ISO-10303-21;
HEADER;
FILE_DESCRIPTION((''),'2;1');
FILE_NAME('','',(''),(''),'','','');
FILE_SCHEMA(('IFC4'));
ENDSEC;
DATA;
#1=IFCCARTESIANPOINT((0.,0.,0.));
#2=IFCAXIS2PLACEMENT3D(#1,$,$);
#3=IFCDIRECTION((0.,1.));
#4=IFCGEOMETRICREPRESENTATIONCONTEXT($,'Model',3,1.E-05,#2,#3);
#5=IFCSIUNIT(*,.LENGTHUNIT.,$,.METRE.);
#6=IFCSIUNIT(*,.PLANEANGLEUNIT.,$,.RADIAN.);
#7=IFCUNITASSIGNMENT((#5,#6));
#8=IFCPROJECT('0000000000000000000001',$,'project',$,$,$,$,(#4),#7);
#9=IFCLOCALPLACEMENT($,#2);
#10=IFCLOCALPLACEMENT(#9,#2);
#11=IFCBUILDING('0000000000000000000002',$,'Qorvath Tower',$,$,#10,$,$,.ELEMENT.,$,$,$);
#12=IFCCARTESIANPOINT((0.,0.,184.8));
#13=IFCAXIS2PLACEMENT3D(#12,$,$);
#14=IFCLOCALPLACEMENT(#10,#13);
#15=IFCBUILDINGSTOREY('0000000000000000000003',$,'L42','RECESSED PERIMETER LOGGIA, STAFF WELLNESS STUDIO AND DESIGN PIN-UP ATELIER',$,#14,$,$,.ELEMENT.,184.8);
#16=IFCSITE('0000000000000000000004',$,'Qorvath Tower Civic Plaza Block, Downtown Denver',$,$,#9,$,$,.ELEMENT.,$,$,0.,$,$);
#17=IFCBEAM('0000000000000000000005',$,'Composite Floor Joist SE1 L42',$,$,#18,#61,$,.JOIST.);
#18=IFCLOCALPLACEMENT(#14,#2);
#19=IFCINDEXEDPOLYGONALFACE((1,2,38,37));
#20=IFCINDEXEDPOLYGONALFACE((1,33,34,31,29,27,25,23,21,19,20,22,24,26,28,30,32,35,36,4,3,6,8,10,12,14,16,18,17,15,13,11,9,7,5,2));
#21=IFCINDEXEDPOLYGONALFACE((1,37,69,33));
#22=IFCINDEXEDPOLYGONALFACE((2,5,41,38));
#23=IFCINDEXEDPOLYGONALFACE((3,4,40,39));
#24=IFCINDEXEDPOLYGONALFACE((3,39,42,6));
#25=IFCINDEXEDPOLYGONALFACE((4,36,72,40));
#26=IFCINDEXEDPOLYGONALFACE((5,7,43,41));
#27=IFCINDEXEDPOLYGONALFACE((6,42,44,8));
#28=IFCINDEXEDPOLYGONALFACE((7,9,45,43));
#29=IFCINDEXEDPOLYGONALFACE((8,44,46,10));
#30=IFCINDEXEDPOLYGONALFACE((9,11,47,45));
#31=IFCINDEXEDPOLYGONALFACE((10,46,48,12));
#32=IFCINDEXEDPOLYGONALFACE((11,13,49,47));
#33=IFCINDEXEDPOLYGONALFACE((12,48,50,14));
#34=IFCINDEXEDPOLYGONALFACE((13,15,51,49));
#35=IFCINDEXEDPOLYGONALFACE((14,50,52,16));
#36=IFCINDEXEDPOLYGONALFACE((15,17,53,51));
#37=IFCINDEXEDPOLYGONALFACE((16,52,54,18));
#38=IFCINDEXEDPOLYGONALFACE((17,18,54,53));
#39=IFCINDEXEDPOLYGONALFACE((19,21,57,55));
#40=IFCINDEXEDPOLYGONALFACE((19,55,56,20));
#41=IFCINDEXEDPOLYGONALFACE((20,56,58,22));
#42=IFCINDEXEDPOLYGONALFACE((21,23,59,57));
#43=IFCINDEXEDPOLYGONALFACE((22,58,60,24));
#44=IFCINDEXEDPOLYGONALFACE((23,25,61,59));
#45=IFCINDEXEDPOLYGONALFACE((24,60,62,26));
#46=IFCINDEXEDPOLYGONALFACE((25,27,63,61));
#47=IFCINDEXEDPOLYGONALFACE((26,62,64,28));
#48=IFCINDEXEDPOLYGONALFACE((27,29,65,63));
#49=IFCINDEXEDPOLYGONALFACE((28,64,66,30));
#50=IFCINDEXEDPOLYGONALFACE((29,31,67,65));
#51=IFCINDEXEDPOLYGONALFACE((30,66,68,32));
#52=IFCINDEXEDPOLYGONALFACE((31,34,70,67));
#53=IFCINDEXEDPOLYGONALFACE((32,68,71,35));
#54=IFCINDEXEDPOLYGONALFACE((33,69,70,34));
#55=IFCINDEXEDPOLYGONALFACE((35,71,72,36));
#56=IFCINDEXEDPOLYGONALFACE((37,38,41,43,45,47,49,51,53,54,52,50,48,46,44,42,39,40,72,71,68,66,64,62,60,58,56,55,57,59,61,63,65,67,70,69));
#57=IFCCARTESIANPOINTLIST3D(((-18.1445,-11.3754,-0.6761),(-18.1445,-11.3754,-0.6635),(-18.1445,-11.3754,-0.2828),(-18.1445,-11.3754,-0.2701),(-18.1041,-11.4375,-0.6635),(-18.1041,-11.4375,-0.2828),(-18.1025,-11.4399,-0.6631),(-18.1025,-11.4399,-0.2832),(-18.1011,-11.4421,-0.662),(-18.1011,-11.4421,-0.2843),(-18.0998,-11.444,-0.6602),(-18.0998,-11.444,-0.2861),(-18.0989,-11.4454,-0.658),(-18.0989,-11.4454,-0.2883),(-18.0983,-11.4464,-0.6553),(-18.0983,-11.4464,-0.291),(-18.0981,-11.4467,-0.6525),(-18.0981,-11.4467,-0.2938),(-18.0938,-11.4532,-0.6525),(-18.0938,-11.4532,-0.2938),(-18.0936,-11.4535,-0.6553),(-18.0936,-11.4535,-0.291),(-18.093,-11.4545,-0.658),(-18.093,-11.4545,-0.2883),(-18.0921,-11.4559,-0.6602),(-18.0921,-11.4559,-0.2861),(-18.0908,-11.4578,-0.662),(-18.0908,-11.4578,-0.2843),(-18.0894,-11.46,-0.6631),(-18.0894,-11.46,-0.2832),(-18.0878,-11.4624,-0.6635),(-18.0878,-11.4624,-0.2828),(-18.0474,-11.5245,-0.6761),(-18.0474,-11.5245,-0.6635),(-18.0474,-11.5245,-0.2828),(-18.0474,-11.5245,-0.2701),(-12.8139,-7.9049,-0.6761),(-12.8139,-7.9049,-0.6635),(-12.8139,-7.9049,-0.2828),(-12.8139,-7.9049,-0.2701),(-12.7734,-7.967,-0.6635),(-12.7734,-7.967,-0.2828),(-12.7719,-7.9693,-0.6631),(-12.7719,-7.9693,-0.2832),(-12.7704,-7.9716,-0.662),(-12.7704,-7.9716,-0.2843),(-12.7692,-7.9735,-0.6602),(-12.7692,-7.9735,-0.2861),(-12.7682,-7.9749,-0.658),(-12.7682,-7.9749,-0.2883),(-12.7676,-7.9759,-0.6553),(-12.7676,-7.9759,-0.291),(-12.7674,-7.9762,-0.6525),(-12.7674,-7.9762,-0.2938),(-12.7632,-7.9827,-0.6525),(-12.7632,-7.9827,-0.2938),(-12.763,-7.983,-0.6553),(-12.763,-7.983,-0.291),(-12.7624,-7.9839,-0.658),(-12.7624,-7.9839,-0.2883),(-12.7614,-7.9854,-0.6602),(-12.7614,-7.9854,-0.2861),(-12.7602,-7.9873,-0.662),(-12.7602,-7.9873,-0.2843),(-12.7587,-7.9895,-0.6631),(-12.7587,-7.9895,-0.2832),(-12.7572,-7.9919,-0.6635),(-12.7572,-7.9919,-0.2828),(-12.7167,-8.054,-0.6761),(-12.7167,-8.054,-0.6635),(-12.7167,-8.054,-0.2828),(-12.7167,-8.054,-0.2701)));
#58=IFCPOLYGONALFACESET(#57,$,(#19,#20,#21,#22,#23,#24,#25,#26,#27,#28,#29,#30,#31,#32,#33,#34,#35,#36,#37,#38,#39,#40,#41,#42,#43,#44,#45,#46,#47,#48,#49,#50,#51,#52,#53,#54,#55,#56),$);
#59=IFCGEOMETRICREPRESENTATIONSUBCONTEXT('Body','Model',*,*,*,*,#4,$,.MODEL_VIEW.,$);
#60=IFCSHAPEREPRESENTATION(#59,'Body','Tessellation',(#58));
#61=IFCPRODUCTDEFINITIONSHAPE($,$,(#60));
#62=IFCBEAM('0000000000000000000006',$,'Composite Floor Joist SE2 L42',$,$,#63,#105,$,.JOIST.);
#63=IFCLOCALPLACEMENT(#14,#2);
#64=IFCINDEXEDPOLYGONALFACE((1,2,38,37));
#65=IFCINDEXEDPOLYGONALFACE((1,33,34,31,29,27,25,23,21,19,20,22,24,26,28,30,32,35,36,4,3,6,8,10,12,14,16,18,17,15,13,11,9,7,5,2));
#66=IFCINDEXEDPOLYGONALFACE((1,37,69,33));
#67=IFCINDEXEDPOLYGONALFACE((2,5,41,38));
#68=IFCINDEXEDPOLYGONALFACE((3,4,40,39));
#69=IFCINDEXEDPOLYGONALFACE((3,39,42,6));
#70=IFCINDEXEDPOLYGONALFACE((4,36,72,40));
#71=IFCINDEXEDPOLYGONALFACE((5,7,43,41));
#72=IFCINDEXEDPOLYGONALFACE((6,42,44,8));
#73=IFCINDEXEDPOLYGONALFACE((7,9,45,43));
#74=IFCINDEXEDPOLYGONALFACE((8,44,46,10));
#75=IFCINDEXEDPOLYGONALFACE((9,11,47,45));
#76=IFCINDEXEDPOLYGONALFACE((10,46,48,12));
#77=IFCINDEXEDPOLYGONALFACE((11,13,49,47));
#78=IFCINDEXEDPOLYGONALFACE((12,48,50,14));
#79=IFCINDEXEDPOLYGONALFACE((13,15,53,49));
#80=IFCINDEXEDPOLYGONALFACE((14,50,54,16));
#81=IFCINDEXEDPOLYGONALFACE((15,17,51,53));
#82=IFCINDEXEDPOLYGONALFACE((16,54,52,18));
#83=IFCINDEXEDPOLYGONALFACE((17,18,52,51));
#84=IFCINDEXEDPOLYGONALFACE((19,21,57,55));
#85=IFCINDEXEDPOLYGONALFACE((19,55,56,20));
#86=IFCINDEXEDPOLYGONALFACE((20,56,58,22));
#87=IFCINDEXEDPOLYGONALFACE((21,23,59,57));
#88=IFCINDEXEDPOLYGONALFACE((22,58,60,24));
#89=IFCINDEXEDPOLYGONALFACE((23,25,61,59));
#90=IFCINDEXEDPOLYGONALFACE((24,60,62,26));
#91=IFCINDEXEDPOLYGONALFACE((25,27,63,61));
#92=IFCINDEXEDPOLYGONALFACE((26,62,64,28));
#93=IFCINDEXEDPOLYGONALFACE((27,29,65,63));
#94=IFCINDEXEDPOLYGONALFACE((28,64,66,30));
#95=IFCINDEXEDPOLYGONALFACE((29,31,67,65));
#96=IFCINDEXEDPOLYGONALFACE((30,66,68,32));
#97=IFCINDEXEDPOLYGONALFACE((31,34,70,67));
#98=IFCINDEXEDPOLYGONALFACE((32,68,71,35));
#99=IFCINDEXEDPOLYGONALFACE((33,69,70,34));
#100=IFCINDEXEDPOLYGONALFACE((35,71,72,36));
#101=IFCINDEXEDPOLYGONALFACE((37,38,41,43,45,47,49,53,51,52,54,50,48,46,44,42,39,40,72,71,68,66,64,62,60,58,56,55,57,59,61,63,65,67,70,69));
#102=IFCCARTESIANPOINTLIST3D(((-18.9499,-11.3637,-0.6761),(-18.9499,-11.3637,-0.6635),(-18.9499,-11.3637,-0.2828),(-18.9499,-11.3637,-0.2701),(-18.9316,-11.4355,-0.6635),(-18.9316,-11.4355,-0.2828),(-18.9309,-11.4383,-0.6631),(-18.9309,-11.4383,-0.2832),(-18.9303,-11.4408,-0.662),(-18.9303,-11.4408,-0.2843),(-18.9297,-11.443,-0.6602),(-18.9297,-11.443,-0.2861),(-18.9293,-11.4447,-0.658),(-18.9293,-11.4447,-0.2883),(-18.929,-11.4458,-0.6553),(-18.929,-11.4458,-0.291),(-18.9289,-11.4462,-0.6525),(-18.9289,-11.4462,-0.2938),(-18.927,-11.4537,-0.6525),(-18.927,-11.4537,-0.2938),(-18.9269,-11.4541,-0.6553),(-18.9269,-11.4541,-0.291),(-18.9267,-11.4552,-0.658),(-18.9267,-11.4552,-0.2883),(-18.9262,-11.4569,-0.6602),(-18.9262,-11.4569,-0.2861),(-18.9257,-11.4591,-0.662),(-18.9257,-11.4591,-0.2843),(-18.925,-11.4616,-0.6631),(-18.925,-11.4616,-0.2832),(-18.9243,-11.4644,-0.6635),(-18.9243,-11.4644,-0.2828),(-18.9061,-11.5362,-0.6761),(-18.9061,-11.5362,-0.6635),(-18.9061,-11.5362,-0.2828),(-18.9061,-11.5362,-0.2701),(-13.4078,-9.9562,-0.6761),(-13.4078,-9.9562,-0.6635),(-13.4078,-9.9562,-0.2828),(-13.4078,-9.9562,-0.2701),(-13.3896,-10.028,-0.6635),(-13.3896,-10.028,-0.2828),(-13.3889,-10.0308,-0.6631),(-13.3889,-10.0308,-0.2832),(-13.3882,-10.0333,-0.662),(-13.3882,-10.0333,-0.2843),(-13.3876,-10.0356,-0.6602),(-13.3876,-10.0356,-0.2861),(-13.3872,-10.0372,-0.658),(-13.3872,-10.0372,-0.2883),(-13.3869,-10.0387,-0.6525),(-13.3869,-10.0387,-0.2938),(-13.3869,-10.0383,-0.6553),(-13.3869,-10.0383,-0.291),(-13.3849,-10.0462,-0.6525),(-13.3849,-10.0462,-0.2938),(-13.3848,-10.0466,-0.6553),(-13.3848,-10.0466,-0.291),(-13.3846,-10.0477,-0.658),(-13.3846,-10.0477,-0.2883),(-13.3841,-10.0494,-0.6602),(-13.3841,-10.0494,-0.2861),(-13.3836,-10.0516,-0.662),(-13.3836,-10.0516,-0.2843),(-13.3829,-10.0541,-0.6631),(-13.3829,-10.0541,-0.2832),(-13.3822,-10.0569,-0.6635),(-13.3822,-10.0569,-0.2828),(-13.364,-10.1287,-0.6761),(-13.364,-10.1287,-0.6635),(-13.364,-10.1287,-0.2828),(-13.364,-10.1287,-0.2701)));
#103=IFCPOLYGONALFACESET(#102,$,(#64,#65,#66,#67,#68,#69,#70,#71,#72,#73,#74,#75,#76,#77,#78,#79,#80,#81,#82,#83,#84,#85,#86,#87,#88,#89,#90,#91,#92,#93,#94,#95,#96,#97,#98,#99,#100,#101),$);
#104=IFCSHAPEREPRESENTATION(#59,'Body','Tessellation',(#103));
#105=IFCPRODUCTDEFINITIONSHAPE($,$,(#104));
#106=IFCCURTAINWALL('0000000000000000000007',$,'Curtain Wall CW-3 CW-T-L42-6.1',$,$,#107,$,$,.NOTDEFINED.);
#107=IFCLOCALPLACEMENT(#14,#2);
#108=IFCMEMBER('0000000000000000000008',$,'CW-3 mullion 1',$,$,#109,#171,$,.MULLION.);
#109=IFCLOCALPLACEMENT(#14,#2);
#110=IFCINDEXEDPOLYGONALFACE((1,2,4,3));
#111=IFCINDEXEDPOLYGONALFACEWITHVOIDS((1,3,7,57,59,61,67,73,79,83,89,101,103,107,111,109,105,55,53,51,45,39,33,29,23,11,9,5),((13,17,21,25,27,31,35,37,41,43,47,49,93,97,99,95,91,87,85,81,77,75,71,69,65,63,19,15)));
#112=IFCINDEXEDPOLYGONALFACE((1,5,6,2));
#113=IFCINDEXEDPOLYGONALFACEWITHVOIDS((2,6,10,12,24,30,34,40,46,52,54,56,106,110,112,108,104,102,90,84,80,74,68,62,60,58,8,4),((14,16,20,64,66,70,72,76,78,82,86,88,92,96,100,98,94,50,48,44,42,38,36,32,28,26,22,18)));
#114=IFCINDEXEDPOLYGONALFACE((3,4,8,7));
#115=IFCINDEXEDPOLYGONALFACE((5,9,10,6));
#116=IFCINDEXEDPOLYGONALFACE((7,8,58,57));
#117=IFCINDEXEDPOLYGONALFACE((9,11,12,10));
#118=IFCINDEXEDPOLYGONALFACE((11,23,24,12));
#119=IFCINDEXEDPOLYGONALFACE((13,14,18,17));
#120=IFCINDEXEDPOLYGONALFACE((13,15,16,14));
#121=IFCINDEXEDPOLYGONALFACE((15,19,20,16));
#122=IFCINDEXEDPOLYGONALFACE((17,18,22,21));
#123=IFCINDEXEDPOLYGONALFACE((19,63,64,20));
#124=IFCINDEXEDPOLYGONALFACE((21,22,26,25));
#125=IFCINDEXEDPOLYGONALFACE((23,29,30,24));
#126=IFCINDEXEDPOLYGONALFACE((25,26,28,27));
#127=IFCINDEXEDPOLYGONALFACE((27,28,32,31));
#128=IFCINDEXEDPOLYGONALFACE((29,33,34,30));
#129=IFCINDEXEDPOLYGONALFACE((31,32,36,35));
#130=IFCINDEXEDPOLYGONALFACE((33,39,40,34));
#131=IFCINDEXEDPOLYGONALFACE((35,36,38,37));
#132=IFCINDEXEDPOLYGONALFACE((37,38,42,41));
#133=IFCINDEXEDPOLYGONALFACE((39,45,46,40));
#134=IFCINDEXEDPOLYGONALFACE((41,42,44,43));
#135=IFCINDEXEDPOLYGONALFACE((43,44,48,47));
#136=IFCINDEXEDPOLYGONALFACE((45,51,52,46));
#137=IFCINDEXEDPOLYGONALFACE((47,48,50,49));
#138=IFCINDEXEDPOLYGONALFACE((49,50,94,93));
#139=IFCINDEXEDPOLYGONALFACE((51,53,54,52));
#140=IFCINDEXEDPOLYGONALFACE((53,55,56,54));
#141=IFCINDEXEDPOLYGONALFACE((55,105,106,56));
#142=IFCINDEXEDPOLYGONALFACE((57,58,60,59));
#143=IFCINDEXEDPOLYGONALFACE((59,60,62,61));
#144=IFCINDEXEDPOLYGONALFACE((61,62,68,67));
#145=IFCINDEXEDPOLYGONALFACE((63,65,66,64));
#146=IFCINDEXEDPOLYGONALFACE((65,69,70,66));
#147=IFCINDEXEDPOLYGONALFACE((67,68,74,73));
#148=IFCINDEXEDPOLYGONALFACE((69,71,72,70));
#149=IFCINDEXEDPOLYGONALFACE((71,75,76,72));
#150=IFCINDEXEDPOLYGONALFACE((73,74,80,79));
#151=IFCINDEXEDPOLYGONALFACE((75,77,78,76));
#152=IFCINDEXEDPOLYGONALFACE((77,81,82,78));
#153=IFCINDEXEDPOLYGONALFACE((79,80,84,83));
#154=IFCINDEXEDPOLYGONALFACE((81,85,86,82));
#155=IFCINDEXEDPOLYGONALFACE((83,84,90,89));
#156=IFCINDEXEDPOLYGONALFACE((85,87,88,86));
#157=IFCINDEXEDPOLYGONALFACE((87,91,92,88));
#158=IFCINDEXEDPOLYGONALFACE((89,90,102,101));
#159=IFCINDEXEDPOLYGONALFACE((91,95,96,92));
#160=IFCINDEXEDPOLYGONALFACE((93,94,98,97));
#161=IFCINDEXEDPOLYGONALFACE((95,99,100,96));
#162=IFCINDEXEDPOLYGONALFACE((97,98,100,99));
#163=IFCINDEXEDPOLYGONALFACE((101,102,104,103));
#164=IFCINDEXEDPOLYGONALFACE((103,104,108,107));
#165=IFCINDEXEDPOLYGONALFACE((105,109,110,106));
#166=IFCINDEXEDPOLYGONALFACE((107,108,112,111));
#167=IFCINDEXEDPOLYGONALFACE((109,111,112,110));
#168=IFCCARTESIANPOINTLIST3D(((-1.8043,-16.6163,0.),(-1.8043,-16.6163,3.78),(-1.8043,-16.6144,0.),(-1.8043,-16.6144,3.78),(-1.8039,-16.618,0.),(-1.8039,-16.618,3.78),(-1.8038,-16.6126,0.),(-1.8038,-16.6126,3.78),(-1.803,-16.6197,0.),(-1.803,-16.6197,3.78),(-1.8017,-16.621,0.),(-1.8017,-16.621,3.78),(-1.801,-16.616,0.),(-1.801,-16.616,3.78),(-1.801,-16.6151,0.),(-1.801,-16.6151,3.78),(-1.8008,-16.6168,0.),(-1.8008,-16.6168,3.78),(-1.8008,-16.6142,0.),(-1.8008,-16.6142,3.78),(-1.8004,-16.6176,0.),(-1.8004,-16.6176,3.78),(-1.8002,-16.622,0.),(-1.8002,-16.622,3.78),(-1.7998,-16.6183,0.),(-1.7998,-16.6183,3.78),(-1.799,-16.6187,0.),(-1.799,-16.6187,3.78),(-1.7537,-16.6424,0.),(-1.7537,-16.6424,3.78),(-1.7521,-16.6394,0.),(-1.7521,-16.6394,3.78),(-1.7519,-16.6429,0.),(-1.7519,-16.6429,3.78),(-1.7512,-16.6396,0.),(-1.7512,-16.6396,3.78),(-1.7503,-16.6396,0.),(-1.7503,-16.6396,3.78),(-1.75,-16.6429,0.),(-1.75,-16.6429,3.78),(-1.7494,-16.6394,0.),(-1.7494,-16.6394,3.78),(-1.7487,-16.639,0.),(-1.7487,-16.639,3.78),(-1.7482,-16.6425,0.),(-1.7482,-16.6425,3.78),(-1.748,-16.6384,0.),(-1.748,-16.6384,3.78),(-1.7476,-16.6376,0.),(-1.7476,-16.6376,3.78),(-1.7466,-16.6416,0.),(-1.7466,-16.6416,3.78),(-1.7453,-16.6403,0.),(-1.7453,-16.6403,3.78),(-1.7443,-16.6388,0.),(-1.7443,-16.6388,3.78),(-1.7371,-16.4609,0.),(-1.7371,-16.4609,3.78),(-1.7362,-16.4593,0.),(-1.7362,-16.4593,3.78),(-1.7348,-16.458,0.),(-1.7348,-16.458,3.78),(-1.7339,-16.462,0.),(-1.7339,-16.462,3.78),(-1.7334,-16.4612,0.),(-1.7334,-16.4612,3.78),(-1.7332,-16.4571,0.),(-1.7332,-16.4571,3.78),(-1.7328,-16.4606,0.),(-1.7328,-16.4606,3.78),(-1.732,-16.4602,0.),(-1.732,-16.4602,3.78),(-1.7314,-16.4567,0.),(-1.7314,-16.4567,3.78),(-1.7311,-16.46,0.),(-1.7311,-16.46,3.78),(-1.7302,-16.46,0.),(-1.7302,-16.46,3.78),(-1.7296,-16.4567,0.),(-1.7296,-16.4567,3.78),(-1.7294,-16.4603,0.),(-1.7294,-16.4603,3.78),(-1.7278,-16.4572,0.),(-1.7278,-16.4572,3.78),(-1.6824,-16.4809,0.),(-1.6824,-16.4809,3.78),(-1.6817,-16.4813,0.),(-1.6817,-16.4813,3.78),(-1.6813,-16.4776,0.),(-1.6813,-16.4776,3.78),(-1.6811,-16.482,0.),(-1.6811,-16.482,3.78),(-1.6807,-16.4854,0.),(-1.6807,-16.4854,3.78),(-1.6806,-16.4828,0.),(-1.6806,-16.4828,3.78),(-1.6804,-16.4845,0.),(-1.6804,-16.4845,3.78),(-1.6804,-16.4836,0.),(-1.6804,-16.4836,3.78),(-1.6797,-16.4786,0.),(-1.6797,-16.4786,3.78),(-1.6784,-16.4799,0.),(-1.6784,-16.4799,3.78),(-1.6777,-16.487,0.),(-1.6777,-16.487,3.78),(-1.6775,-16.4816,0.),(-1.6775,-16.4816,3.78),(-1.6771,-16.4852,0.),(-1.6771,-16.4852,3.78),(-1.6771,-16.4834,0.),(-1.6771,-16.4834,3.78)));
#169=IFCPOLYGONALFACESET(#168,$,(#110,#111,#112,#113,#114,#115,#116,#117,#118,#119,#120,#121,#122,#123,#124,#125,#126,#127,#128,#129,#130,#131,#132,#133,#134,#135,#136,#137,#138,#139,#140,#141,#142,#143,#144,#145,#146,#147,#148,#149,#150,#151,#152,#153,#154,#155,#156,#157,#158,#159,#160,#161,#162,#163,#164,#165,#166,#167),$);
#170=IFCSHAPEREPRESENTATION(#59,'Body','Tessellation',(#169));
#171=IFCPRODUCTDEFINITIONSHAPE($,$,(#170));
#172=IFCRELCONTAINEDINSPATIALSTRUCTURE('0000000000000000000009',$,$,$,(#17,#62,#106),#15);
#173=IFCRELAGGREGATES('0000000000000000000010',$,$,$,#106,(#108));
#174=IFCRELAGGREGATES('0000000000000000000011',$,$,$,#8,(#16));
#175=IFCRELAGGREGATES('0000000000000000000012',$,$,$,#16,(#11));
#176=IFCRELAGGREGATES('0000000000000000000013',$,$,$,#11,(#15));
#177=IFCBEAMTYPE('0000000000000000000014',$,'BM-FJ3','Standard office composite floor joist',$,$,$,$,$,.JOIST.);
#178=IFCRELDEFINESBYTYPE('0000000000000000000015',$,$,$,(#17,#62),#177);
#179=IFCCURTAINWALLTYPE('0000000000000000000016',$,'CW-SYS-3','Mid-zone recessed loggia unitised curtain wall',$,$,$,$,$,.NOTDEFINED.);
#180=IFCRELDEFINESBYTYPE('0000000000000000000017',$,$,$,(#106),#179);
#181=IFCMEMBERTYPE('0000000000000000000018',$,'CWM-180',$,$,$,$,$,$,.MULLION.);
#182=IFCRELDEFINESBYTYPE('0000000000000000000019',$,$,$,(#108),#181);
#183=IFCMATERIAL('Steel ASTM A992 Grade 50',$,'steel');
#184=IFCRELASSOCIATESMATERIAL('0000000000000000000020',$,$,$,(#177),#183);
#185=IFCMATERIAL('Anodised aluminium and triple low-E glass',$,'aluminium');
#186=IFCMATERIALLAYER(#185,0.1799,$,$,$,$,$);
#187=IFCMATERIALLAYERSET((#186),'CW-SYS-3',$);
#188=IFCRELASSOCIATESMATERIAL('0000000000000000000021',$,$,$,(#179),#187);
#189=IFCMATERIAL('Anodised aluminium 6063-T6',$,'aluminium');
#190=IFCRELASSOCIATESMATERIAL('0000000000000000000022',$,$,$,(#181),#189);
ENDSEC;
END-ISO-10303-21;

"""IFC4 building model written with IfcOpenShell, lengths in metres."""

from ifc_helpers import new_model, si_unit, direction, frame, origin, origin_2d, place, context, subcontext, project, spatial, hollow_rectangle, i_section, extrude, material, layer, layer_set, material_profile, profile_set, type_object, element, aggregate, save


model = new_model("IFC4")

# Units and contexts
model_context = context("Model", 3, precision=1e-05, world=origin(), true_north=direction((0.0, 1.0)))
body_context = subcontext(model_context, "Body", "Model", "MODEL_VIEW")
ifc_project = project(units=[si_unit("LENGTHUNIT", "METRE"), si_unit("PLANEANGLEUNIT", "RADIAN")], contexts=[model_context])

# Site, building, storey
site_placement = place(None, origin())
site = spatial("IfcSite", under=ifc_project, at=site_placement, Name="Qorvath Tower Civic Plaza Block, Downtown Denver", CompositionType="ELEMENT", RefElevation=0.0)
building_placement = place(site_placement, origin())
building = spatial("IfcBuilding", under=site, at=building_placement, Name="Qorvath Tower", CompositionType="ELEMENT")
storey_placement = place(building_placement, frame((0.0, 0.0, 184.8)))
storey = spatial("IfcBuildingStorey", under=building, at=storey_placement, Name="L42", Description="RECESSED PERIMETER LOGGIA, STAFF WELLNESS STUDIO AND DESIGN PIN-UP ATELIER", CompositionType="ELEMENT", Elevation=184.8)

# Beams
ifc_material_1 = material(Name="Steel ASTM A992 Grade 50", Category="steel")
ifc_material_profile_1 = material_profile(ifc_material_1, i_section(OverallWidth=0.178, OverallDepth=0.406, WebThickness=0.0078, FlangeThickness=0.0127, FilletRadius=0.011, at=origin_2d()), Name="W16x40")
ifc_profile_set_1 = profile_set([ifc_material_profile_1], Name="Steel ASTM A992 Grade 50")
beam_type_1 = type_object("IfcBeamType", Name="BM-FJ3", Description="Standard office composite floor joist", PredefinedType="JOIST", material=ifc_profile_set_1)
beam_1_placement = place(storey_placement, frame((-18.0959, -11.45, -0.4731), z_axis=(0.838042, 0.545606, 0.0), x_axis=(-0.545606, 0.838042, 0.0)))
element("IfcBeam", 1, at=beam_1_placement, inside=storey, type_object=beam_type_1, Name="Composite Floor Joist SE1 L42", PredefinedType="JOIST", context=body_context, shape_type="SweptSolid", body=[
    extrude(i_section(OverallWidth=0.178, OverallDepth=0.406, WebThickness=0.0078, FlangeThickness=0.0127, FilletRadius=0.011, at=origin_2d()), origin(), (0.0, 0.0, 1.0), 6.3608),
])
beam_2_placement = place(storey_placement, frame((-18.928, -11.45, -0.4731), z_axis=(0.969232, 0.246151, 0.0), x_axis=(-0.246151, 0.969232, 0.0)))
element("IfcBeam", 2, at=beam_2_placement, inside=storey, type_object=beam_type_1, Name="Composite Floor Joist SE2 L42", PredefinedType="JOIST", context=body_context, shape_type="SweptSolid", body=[
    extrude(i_section(OverallWidth=0.178, OverallDepth=0.406, WebThickness=0.0078, FlangeThickness=0.0127, FilletRadius=0.011, at=origin_2d()), origin(), (0.0, 0.0, 1.0), 5.718),
])

# Curtain wall, member
ifc_material_2 = material(Name="Anodised aluminium and triple low-E glass", Category="aluminium")
ifc_layer_1 = layer(ifc_material_2, 0.1799)
ifc_layer_set_1 = layer_set([ifc_layer_1], Name="CW-SYS-3")
curtain_wall_type = type_object("IfcCurtainWallType", Name="CW-SYS-3", Description="Mid-zone recessed loggia unitised curtain wall", PredefinedType="NOTDEFINED", material=ifc_layer_set_1)
curtain_wall_1_placement = place(storey_placement, origin())
curtain_wall_1 = element("IfcCurtainWall", 3, at=curtain_wall_1_placement, inside=storey, type_object=curtain_wall_type, Name="Curtain Wall CW-3 CW-T-L42-6.1", PredefinedType="NOTDEFINED")
ifc_material_3 = material(Name="Anodised aluminium 6063-T6", Category="aluminium")
ifc_material_profile_2 = material_profile(ifc_material_3, hollow_rectangle(XDim=0.0649, YDim=0.1799, WallThickness=0.0034, InnerFilletRadius=0.0034, OuterFilletRadius=0.0071, at=origin_2d()), Name="CWM 180x65")
ifc_profile_set_2 = profile_set([ifc_material_profile_2], Name="Anodised aluminium 6063-T6")
member_type_1 = type_object("IfcMemberType", Name="CWM-180", PredefinedType="MULLION", material=ifc_profile_set_2)
member_1_placement = place(storey_placement, frame((-1.7407, -16.5498, 0.0), z_axis=(0.0, 0.0, 1.0), x_axis=(-0.915549, 0.402206, 0.0)))
member_1 = element("IfcMember", 4, at=member_1_placement, type_object=member_type_1, Name="CW-3 mullion 1", PredefinedType="MULLION", context=body_context, shape_type="SweptSolid", body=[
    extrude(hollow_rectangle(XDim=0.0649, YDim=0.1799, WallThickness=0.0034, InnerFilletRadius=0.0034, OuterFilletRadius=0.0071, at=origin_2d()), origin(), (0.0, 0.0, 1.0), 3.78),
])

aggregate(curtain_wall_1, [member_1])

save(model, "model.ifc")
